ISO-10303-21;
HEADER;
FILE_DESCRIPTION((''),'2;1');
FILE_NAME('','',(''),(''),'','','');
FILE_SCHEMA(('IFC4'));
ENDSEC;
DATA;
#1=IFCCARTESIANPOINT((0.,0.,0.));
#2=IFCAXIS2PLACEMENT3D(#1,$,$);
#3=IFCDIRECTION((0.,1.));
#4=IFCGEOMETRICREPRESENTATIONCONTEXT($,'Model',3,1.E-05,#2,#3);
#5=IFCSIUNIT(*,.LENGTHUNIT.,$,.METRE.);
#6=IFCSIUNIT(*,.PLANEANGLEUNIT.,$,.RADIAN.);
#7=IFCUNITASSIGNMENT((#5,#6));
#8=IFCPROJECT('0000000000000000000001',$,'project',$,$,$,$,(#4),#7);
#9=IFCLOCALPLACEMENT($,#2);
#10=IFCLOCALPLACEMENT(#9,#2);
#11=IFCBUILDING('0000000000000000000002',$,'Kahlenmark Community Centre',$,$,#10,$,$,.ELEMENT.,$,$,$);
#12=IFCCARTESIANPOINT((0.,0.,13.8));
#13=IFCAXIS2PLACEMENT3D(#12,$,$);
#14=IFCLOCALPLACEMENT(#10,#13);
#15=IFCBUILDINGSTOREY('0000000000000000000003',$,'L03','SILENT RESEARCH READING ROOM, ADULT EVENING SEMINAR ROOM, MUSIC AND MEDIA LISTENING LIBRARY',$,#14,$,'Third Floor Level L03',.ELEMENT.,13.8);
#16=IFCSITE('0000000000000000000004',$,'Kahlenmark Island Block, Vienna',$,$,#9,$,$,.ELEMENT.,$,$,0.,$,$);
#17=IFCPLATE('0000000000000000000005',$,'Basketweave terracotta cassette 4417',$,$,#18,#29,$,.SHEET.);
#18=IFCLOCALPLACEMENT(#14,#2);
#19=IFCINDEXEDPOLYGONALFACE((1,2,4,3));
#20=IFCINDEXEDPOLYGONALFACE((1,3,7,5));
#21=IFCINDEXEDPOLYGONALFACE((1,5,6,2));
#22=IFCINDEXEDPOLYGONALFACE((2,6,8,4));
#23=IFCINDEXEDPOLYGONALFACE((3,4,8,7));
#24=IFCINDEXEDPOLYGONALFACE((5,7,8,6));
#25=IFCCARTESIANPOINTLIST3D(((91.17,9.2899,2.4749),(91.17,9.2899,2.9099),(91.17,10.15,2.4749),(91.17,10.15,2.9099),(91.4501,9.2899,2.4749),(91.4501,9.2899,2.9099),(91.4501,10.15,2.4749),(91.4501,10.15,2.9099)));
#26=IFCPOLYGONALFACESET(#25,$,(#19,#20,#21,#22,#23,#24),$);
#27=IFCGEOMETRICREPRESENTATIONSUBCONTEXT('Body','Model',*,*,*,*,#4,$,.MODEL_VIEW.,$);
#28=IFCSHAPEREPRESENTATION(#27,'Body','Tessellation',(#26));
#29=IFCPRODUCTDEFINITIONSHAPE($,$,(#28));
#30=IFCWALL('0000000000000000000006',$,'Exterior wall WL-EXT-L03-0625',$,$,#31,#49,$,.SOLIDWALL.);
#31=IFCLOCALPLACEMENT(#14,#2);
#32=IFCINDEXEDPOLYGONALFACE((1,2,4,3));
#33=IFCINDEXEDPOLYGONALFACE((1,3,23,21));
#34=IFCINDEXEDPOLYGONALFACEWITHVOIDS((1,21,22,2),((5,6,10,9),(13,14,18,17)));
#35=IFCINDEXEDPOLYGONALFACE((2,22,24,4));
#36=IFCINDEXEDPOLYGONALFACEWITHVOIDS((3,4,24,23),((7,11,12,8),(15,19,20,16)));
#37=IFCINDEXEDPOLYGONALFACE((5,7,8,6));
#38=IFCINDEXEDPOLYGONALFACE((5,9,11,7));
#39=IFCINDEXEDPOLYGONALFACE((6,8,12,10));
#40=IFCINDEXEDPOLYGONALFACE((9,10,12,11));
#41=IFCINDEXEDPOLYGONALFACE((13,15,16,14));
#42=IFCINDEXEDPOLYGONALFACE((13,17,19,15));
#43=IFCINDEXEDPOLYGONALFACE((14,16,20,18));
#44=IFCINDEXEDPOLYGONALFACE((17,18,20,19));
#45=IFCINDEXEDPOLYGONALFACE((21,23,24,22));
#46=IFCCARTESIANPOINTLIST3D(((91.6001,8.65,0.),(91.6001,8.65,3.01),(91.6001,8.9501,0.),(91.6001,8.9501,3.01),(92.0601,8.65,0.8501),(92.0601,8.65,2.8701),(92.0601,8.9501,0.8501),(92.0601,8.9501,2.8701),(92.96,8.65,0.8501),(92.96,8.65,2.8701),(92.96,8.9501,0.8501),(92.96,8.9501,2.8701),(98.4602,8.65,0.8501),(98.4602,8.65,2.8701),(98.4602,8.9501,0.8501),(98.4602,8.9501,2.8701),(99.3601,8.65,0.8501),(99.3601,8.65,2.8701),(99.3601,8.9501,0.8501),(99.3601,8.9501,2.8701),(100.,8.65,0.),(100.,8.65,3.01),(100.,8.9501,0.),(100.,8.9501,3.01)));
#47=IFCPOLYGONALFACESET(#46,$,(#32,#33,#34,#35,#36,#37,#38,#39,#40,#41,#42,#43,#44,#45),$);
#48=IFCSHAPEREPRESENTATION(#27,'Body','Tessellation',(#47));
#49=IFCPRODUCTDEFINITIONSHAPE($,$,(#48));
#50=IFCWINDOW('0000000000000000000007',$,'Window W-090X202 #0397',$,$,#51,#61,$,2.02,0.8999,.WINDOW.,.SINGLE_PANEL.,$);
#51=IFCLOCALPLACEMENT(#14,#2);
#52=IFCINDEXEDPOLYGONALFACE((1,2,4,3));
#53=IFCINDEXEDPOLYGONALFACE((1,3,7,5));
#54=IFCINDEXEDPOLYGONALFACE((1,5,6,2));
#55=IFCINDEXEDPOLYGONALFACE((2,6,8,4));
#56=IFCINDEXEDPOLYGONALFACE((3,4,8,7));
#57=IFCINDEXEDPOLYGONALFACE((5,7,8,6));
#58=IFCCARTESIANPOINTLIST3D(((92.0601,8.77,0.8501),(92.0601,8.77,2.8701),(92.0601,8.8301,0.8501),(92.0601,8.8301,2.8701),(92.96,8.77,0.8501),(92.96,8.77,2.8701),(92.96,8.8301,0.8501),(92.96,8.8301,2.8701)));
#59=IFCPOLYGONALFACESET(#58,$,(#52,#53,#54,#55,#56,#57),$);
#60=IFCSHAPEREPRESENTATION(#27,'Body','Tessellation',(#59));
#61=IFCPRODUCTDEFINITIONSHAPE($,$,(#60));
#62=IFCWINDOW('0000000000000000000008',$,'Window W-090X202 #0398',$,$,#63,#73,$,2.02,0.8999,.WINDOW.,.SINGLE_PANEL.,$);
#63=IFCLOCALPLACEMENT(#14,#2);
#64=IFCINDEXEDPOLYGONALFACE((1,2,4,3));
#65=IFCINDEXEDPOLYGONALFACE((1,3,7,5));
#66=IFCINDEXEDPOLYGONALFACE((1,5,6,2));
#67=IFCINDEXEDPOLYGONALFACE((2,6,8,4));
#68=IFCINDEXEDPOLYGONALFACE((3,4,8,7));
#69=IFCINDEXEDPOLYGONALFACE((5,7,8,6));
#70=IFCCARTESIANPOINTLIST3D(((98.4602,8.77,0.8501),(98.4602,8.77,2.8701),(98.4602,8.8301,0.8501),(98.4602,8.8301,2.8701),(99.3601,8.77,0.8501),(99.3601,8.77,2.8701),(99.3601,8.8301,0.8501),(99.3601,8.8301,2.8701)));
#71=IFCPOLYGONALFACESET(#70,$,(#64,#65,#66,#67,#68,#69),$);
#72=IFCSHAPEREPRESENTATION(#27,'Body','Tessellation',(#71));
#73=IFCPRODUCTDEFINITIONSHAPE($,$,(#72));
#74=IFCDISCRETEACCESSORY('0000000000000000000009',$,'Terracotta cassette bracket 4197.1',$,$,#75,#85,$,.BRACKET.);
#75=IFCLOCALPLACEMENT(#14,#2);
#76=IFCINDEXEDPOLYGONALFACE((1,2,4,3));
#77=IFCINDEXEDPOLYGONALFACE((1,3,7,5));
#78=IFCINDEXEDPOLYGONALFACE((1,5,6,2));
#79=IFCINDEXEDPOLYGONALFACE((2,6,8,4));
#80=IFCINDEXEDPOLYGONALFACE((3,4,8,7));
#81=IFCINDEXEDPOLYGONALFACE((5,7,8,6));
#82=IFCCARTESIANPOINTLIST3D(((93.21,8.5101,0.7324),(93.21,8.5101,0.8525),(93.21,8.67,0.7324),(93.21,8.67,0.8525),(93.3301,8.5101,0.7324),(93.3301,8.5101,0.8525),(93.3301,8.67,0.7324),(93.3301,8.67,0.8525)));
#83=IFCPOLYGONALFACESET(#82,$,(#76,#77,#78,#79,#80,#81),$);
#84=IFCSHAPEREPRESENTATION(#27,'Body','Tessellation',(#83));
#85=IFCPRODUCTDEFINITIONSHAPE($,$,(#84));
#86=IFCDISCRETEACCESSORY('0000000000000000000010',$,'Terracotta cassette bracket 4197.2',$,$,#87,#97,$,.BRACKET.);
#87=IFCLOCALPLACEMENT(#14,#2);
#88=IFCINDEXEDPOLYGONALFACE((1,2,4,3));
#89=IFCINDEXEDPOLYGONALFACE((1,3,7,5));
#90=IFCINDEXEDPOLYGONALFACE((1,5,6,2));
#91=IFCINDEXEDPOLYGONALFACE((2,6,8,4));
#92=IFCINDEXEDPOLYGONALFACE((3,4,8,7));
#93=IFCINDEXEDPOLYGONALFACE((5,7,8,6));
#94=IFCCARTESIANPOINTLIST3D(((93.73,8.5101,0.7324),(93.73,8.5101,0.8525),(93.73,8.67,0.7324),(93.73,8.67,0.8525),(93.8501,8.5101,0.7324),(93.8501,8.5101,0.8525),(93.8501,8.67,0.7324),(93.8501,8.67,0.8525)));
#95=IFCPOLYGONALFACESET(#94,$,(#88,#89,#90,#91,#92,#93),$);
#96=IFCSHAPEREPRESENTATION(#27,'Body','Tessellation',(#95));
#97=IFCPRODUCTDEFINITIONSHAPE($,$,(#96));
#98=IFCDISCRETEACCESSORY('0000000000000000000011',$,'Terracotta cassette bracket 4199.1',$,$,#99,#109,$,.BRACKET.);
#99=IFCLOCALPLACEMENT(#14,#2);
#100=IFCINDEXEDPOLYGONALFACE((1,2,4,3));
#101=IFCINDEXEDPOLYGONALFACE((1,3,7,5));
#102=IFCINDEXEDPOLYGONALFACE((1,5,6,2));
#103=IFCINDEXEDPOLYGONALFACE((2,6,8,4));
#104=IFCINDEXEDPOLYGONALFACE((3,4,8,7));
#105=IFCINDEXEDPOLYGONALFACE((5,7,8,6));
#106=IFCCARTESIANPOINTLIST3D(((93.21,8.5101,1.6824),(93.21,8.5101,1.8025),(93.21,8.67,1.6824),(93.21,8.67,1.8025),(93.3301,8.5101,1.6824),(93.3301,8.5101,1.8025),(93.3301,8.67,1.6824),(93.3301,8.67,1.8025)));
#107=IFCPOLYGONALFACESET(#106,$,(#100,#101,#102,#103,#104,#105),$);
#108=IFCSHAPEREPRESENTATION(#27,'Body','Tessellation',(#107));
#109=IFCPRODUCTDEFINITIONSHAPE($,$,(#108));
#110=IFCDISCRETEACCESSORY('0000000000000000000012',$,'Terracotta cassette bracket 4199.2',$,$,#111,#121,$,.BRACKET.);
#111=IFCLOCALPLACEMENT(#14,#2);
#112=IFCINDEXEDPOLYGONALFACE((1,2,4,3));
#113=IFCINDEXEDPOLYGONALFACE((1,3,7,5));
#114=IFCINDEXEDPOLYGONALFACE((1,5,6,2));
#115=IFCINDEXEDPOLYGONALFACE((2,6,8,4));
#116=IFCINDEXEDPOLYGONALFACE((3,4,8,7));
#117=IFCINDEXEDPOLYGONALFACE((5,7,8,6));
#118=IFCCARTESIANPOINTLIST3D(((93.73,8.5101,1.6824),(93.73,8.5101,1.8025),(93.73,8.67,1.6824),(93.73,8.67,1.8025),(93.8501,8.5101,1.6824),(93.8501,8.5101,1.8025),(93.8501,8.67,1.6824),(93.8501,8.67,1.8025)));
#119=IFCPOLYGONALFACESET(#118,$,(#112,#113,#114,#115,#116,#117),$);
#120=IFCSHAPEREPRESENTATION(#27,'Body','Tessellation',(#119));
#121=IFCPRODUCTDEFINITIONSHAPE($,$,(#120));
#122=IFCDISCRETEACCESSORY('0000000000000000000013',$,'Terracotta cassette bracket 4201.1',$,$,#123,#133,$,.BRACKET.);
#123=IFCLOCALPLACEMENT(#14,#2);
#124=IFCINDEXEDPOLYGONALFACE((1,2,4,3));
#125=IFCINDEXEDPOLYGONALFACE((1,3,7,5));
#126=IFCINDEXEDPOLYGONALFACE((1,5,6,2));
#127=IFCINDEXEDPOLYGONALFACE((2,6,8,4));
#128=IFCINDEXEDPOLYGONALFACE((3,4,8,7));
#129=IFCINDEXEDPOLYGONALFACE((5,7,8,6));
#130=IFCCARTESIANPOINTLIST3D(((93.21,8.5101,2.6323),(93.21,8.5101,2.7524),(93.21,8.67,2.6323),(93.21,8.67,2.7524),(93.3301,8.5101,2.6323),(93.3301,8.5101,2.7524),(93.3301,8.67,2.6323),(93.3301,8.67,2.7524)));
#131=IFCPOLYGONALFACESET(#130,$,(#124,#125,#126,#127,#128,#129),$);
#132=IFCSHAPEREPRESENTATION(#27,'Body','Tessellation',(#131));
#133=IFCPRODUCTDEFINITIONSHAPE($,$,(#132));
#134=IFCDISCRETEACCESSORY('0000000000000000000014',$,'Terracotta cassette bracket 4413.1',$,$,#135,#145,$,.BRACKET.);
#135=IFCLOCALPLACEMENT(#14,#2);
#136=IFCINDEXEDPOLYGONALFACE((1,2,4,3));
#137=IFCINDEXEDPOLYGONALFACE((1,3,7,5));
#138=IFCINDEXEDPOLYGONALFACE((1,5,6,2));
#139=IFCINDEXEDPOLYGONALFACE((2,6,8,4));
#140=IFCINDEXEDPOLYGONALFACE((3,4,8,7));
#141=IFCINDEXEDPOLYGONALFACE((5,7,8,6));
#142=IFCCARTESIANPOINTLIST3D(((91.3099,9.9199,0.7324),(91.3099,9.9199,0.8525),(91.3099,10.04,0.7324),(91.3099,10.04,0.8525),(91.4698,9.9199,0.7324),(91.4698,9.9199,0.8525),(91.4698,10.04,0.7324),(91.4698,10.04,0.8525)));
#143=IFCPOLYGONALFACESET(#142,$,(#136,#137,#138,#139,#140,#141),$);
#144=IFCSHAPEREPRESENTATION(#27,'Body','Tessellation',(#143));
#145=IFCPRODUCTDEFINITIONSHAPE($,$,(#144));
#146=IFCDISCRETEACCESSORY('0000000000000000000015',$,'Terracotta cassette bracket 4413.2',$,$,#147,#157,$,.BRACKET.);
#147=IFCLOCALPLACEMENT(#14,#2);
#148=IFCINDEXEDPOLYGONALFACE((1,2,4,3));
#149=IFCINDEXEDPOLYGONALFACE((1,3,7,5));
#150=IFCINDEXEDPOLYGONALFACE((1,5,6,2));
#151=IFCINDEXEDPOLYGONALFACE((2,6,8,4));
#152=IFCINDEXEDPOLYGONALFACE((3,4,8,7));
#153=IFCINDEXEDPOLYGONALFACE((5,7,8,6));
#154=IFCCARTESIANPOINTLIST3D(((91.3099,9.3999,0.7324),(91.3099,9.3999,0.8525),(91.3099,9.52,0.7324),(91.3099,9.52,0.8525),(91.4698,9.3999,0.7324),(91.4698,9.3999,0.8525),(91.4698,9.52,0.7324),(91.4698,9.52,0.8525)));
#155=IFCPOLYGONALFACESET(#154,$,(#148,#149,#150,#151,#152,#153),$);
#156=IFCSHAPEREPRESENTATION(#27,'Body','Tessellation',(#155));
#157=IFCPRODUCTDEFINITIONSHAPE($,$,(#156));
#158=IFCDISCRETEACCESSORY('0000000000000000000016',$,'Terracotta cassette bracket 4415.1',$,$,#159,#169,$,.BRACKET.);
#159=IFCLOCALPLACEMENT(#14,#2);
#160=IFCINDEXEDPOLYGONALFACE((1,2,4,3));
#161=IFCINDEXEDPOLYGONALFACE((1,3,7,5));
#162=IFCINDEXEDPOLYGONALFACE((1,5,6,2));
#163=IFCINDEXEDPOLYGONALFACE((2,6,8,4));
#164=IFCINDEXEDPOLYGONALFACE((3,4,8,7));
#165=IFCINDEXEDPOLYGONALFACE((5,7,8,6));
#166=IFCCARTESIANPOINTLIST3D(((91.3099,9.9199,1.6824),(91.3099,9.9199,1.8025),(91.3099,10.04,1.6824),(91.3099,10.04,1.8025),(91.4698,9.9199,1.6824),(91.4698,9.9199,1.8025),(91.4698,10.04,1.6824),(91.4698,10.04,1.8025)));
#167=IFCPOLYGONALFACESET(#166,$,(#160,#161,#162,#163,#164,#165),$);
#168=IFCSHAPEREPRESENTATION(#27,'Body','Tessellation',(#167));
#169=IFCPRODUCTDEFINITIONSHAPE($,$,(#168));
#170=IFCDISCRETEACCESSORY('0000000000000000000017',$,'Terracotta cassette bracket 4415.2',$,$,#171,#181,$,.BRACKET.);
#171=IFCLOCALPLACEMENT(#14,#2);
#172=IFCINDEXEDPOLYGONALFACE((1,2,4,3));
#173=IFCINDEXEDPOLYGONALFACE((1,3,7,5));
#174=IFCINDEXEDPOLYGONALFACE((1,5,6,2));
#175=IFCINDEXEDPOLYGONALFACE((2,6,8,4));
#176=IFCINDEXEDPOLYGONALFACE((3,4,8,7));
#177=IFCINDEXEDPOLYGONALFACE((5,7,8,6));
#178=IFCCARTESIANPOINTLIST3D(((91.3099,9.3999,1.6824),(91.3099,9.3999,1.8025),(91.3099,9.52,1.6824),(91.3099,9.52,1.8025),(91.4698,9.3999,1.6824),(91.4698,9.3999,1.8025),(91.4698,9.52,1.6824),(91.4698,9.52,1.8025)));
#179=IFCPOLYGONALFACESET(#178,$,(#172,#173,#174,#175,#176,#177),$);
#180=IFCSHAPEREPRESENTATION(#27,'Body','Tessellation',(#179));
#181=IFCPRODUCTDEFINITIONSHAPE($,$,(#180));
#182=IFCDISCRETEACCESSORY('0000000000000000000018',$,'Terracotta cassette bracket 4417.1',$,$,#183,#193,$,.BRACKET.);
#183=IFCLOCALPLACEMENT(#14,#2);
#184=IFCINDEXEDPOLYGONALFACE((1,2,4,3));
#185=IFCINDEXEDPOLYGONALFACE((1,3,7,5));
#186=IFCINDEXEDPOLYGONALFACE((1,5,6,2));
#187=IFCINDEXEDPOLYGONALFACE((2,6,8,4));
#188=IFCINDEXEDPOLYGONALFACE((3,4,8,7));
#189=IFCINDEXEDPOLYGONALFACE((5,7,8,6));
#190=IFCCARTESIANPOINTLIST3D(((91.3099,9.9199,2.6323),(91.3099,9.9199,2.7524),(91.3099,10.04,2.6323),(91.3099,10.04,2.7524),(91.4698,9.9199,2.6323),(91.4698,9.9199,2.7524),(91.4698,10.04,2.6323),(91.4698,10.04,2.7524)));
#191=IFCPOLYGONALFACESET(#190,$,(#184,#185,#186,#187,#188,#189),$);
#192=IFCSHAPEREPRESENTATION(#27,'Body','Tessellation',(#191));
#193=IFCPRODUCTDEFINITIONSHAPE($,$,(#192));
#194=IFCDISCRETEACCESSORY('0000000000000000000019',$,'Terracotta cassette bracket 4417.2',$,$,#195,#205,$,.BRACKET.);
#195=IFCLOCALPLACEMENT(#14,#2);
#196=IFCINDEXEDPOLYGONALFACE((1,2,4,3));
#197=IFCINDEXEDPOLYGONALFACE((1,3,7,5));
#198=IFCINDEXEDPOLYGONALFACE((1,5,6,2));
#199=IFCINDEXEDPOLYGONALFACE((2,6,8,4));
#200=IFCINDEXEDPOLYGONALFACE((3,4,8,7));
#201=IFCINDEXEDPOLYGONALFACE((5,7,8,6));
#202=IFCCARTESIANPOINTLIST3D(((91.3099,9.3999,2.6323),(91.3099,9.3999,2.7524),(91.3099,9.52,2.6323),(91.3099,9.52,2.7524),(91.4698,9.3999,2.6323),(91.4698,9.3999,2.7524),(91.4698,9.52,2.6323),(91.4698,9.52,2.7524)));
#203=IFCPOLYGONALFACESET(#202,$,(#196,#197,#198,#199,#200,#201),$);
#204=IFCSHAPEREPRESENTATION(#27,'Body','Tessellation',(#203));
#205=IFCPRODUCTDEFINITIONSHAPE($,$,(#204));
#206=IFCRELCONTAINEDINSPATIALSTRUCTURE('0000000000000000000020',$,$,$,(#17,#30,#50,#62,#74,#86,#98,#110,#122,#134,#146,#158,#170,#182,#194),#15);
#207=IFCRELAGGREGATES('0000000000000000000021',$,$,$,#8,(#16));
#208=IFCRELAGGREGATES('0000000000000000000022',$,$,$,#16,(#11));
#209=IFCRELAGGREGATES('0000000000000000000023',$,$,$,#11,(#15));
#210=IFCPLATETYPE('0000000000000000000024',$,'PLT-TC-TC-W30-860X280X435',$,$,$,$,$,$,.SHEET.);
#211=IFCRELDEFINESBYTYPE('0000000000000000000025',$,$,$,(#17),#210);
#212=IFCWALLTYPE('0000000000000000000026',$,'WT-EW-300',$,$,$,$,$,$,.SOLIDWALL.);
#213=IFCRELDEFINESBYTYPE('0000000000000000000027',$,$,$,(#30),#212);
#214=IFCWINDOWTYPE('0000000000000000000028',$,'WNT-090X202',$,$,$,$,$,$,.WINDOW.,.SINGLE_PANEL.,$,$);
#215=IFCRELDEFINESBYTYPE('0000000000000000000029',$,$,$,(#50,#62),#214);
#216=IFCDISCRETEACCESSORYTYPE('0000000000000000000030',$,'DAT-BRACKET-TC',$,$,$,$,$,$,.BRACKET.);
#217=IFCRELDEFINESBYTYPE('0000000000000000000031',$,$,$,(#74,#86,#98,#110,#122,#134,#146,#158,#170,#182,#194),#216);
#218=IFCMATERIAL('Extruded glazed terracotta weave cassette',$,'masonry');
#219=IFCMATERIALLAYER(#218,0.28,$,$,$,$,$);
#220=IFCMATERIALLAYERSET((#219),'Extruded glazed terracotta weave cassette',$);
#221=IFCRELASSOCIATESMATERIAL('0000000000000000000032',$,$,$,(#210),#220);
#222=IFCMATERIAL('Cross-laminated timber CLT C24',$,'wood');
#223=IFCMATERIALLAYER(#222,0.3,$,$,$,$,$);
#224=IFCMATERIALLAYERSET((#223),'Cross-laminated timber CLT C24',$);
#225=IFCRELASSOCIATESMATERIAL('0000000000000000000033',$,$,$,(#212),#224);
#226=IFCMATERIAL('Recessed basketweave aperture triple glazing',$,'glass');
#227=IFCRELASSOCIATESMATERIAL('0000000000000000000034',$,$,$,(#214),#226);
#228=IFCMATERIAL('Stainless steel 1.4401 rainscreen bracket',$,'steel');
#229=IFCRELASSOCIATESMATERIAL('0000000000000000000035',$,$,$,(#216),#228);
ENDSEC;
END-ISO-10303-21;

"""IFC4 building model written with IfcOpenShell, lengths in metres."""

from ifc_helpers import new_model, si_unit, direction, frame, frame_2d, origin, origin_2d, place, context, subcontext, project, spatial, rectangle, extrude, material, layer, layer_set, type_object, element, fill, save


model = new_model("IFC4")

# Units and contexts
model_context = context("Model", 3, precision=1e-05, world=origin(), true_north=direction((0.0, 1.0)))
body_context = subcontext(model_context, "Body", "Model", "MODEL_VIEW")
ifc_project = project(units=[si_unit("LENGTHUNIT", "METRE"), si_unit("PLANEANGLEUNIT", "RADIAN")], contexts=[model_context])

# Site, building, storey
site_placement = place(None, origin())
site = spatial("IfcSite", under=ifc_project, at=site_placement, Name="Kahlenmark Island Block, Vienna", CompositionType="ELEMENT", RefElevation=0.0)
building_placement = place(site_placement, origin())
building = spatial("IfcBuilding", under=site, at=building_placement, Name="Kahlenmark Community Centre", CompositionType="ELEMENT")
storey_placement = place(building_placement, frame((0.0, 0.0, 13.8)))
storey = spatial("IfcBuildingStorey", under=building, at=storey_placement, Name="L03", Description="SILENT RESEARCH READING ROOM, ADULT EVENING SEMINAR ROOM, MUSIC AND MEDIA LISTENING LIBRARY", LongName="Third Floor Level L03", CompositionType="ELEMENT", Elevation=13.8)

# Plate
ifc_material_1 = material(Name="Extruded glazed terracotta weave cassette", Category="masonry")
ifc_layer_1 = layer(ifc_material_1, 0.28)
ifc_layer_set_1 = layer_set([ifc_layer_1], Name="Extruded glazed terracotta weave cassette")
plate_type_1 = type_object("IfcPlateType", Name="PLT-TC-TC-W30-860X280X435", PredefinedType="SHEET", material=ifc_layer_set_1)
for number, where, z_axis, x_axis, name in (
    (1, (91.3101, 9.72, 2.4749), (0.0, 0.0, 1.0), (0.0, -1.0, 0.0), "Basketweave terracotta cassette 4417"),
):
    element("IfcPlate", number, at=place(storey_placement, frame(where, z_axis=z_axis, x_axis=x_axis)), inside=storey, type_object=plate_type_1, Name=name, PredefinedType="SHEET", context=body_context, shape_type="SweptSolid", body=[
        extrude(rectangle(XDim=0.8601, YDim=0.28, at=origin_2d()), origin(), (0.0, 0.0, 1.0), 0.4351),
    ])

# Wall, openings, windows
ifc_material_2 = material(Name="Cross-laminated timber CLT C24", Category="wood")
ifc_layer_2 = layer(ifc_material_2, 0.3)
ifc_layer_set_2 = layer_set([ifc_layer_2], Name="Cross-laminated timber CLT C24")
wall_type = type_object("IfcWallType", Name="WT-EW-300", PredefinedType="SOLIDWALL", material=ifc_layer_set_2)
wall_placement = place(storey_placement, frame((91.6001, 8.8, 0.0), z_axis=(0.0, 0.0, 1.0), x_axis=(1.0, 0.0, 0.0)))
wall = element("IfcWall", 2, at=wall_placement, inside=storey, type_object=wall_type, Name="Exterior wall WL-EXT-L03-0625", PredefinedType="SOLIDWALL", context=body_context, shape_type="SweptSolid", body=[
    extrude(rectangle(XDim=8.3999, YDim=0.3, at=frame_2d((4.2, 0.0))), origin(), (0.0, 0.0, 1.0), 3.01),
])
opening_1_placement = place(wall_placement, frame((0.46, 0.0, 0.8501)))
opening_1 = element("IfcOpeningElement", 3, at=opening_1_placement, cuts=wall, PredefinedType="OPENING", context=body_context, shape_type="SweptSolid", body=[
    extrude(rectangle(XDim=0.8999, YDim=2.02, at=frame_2d((0.45, 1.01))), frame((0.0, 0.1599, 0.0), z_axis=(0.0, -1.0, 0.0), x_axis=(1.0, 0.0, 0.0)), (0.0, 0.0, 1.0), 0.3201),
])
opening_2_placement = place(wall_placement, frame((6.8601, 0.0, 0.8501)))
opening_2 = element("IfcOpeningElement", 4, at=opening_2_placement, cuts=wall, PredefinedType="OPENING", context=body_context, shape_type="SweptSolid", body=[
    extrude(rectangle(XDim=0.8999, YDim=2.02, at=frame_2d((0.45, 1.01))), frame((0.0, 0.1599, 0.0), z_axis=(0.0, -1.0, 0.0), x_axis=(1.0, 0.0, 0.0)), (0.0, 0.0, 1.0), 0.3201),
])
ifc_material_3 = material(Name="Recessed basketweave aperture triple glazing", Category="glass")
window_type = type_object("IfcWindowType", Name="WNT-090X202", PartitioningType="SINGLE_PANEL", PredefinedType="WINDOW", material=ifc_material_3)
window_1_placement = place(opening_1_placement, origin())
window_1 = element("IfcWindow", 5, at=window_1_placement, inside=storey, type_object=window_type, Name="Window W-090X202 #0397", OverallHeight=2.02, OverallWidth=0.8999, PartitioningType="SINGLE_PANEL", PredefinedType="WINDOW", context=body_context, shape_type="SweptSolid", body=[
    extrude(rectangle(XDim=0.8999, YDim=2.02, at=frame_2d((0.45, 1.01))), frame((0.0, 0.03, 0.0), z_axis=(0.0, -1.0, 0.0), x_axis=(1.0, 0.0, 0.0)), (0.0, 0.0, 1.0), 0.0601),
])
fill(opening_1, window_1)
window_2_placement = place(opening_2_placement, origin())
window_2 = element("IfcWindow", 6, at=window_2_placement, inside=storey, type_object=window_type, Name="Window W-090X202 #0398", OverallHeight=2.02, OverallWidth=0.8999, PartitioningType="SINGLE_PANEL", PredefinedType="WINDOW", context=body_context, shape_type="SweptSolid", body=[
    extrude(rectangle(XDim=0.8999, YDim=2.02, at=frame_2d((0.45, 1.01))), frame((0.0, 0.03, 0.0), z_axis=(0.0, -1.0, 0.0), x_axis=(1.0, 0.0, 0.0)), (0.0, 0.0, 1.0), 0.0601),
])
fill(opening_2, window_2)

# Discrete accessories
ifc_material_4 = material(Name="Stainless steel 1.4401 rainscreen bracket", Category="steel")
discrete_accessory_type = type_object("IfcDiscreteAccessoryType", Name="DAT-BRACKET-TC", PredefinedType="BRACKET", material=ifc_material_4)
for number, where, z_axis, x_axis, name in (
    (7, (93.27, 8.5901, 0.7324), (0.0, 0.0, 1.0), (1.0, 0.0, 0.0), "Terracotta cassette bracket 4197.1"),
    (8, (93.79, 8.5901, 0.7324), (0.0, 0.0, 1.0), (1.0, 0.0, 0.0), "Terracotta cassette bracket 4197.2"),
    (9, (93.27, 8.5901, 1.6824), (0.0, 0.0, 1.0), (1.0, 0.0, 0.0), "Terracotta cassette bracket 4199.1"),
    (10, (93.79, 8.5901, 1.6824), (0.0, 0.0, 1.0), (1.0, 0.0, 0.0), "Terracotta cassette bracket 4199.2"),
    (11, (93.27, 8.5901, 2.6323), (0.0, 0.0, 1.0), (1.0, 0.0, 0.0), "Terracotta cassette bracket 4201.1"),
    (12, (91.3899, 9.98, 0.7324), (0.0, 0.0, 1.0), (0.0, -1.0, 0.0), "Terracotta cassette bracket 4413.1"),
    (13, (91.3899, 9.46, 0.7324), (0.0, 0.0, 1.0), (0.0, -1.0, 0.0), "Terracotta cassette bracket 4413.2"),
    (14, (91.3899, 9.98, 1.6824), (0.0, 0.0, 1.0), (0.0, -1.0, 0.0), "Terracotta cassette bracket 4415.1"),
    (15, (91.3899, 9.46, 1.6824), (0.0, 0.0, 1.0), (0.0, -1.0, 0.0), "Terracotta cassette bracket 4415.2"),
    (16, (91.3899, 9.98, 2.6323), (0.0, 0.0, 1.0), (0.0, -1.0, 0.0), "Terracotta cassette bracket 4417.1"),
    (17, (91.3899, 9.46, 2.6323), (0.0, 0.0, 1.0), (0.0, -1.0, 0.0), "Terracotta cassette bracket 4417.2"),
):
    element("IfcDiscreteAccessory", number, at=place(storey_placement, frame(where, z_axis=z_axis, x_axis=x_axis)), inside=storey, type_object=discrete_accessory_type, Name=name, PredefinedType="BRACKET", context=body_context, shape_type="SweptSolid", body=[
        extrude(rectangle(XDim=0.1201, YDim=0.1599, at=origin_2d()), origin(), (0.0, 0.0, 1.0), 0.1201),
    ])

save(model, "model.ifc")
